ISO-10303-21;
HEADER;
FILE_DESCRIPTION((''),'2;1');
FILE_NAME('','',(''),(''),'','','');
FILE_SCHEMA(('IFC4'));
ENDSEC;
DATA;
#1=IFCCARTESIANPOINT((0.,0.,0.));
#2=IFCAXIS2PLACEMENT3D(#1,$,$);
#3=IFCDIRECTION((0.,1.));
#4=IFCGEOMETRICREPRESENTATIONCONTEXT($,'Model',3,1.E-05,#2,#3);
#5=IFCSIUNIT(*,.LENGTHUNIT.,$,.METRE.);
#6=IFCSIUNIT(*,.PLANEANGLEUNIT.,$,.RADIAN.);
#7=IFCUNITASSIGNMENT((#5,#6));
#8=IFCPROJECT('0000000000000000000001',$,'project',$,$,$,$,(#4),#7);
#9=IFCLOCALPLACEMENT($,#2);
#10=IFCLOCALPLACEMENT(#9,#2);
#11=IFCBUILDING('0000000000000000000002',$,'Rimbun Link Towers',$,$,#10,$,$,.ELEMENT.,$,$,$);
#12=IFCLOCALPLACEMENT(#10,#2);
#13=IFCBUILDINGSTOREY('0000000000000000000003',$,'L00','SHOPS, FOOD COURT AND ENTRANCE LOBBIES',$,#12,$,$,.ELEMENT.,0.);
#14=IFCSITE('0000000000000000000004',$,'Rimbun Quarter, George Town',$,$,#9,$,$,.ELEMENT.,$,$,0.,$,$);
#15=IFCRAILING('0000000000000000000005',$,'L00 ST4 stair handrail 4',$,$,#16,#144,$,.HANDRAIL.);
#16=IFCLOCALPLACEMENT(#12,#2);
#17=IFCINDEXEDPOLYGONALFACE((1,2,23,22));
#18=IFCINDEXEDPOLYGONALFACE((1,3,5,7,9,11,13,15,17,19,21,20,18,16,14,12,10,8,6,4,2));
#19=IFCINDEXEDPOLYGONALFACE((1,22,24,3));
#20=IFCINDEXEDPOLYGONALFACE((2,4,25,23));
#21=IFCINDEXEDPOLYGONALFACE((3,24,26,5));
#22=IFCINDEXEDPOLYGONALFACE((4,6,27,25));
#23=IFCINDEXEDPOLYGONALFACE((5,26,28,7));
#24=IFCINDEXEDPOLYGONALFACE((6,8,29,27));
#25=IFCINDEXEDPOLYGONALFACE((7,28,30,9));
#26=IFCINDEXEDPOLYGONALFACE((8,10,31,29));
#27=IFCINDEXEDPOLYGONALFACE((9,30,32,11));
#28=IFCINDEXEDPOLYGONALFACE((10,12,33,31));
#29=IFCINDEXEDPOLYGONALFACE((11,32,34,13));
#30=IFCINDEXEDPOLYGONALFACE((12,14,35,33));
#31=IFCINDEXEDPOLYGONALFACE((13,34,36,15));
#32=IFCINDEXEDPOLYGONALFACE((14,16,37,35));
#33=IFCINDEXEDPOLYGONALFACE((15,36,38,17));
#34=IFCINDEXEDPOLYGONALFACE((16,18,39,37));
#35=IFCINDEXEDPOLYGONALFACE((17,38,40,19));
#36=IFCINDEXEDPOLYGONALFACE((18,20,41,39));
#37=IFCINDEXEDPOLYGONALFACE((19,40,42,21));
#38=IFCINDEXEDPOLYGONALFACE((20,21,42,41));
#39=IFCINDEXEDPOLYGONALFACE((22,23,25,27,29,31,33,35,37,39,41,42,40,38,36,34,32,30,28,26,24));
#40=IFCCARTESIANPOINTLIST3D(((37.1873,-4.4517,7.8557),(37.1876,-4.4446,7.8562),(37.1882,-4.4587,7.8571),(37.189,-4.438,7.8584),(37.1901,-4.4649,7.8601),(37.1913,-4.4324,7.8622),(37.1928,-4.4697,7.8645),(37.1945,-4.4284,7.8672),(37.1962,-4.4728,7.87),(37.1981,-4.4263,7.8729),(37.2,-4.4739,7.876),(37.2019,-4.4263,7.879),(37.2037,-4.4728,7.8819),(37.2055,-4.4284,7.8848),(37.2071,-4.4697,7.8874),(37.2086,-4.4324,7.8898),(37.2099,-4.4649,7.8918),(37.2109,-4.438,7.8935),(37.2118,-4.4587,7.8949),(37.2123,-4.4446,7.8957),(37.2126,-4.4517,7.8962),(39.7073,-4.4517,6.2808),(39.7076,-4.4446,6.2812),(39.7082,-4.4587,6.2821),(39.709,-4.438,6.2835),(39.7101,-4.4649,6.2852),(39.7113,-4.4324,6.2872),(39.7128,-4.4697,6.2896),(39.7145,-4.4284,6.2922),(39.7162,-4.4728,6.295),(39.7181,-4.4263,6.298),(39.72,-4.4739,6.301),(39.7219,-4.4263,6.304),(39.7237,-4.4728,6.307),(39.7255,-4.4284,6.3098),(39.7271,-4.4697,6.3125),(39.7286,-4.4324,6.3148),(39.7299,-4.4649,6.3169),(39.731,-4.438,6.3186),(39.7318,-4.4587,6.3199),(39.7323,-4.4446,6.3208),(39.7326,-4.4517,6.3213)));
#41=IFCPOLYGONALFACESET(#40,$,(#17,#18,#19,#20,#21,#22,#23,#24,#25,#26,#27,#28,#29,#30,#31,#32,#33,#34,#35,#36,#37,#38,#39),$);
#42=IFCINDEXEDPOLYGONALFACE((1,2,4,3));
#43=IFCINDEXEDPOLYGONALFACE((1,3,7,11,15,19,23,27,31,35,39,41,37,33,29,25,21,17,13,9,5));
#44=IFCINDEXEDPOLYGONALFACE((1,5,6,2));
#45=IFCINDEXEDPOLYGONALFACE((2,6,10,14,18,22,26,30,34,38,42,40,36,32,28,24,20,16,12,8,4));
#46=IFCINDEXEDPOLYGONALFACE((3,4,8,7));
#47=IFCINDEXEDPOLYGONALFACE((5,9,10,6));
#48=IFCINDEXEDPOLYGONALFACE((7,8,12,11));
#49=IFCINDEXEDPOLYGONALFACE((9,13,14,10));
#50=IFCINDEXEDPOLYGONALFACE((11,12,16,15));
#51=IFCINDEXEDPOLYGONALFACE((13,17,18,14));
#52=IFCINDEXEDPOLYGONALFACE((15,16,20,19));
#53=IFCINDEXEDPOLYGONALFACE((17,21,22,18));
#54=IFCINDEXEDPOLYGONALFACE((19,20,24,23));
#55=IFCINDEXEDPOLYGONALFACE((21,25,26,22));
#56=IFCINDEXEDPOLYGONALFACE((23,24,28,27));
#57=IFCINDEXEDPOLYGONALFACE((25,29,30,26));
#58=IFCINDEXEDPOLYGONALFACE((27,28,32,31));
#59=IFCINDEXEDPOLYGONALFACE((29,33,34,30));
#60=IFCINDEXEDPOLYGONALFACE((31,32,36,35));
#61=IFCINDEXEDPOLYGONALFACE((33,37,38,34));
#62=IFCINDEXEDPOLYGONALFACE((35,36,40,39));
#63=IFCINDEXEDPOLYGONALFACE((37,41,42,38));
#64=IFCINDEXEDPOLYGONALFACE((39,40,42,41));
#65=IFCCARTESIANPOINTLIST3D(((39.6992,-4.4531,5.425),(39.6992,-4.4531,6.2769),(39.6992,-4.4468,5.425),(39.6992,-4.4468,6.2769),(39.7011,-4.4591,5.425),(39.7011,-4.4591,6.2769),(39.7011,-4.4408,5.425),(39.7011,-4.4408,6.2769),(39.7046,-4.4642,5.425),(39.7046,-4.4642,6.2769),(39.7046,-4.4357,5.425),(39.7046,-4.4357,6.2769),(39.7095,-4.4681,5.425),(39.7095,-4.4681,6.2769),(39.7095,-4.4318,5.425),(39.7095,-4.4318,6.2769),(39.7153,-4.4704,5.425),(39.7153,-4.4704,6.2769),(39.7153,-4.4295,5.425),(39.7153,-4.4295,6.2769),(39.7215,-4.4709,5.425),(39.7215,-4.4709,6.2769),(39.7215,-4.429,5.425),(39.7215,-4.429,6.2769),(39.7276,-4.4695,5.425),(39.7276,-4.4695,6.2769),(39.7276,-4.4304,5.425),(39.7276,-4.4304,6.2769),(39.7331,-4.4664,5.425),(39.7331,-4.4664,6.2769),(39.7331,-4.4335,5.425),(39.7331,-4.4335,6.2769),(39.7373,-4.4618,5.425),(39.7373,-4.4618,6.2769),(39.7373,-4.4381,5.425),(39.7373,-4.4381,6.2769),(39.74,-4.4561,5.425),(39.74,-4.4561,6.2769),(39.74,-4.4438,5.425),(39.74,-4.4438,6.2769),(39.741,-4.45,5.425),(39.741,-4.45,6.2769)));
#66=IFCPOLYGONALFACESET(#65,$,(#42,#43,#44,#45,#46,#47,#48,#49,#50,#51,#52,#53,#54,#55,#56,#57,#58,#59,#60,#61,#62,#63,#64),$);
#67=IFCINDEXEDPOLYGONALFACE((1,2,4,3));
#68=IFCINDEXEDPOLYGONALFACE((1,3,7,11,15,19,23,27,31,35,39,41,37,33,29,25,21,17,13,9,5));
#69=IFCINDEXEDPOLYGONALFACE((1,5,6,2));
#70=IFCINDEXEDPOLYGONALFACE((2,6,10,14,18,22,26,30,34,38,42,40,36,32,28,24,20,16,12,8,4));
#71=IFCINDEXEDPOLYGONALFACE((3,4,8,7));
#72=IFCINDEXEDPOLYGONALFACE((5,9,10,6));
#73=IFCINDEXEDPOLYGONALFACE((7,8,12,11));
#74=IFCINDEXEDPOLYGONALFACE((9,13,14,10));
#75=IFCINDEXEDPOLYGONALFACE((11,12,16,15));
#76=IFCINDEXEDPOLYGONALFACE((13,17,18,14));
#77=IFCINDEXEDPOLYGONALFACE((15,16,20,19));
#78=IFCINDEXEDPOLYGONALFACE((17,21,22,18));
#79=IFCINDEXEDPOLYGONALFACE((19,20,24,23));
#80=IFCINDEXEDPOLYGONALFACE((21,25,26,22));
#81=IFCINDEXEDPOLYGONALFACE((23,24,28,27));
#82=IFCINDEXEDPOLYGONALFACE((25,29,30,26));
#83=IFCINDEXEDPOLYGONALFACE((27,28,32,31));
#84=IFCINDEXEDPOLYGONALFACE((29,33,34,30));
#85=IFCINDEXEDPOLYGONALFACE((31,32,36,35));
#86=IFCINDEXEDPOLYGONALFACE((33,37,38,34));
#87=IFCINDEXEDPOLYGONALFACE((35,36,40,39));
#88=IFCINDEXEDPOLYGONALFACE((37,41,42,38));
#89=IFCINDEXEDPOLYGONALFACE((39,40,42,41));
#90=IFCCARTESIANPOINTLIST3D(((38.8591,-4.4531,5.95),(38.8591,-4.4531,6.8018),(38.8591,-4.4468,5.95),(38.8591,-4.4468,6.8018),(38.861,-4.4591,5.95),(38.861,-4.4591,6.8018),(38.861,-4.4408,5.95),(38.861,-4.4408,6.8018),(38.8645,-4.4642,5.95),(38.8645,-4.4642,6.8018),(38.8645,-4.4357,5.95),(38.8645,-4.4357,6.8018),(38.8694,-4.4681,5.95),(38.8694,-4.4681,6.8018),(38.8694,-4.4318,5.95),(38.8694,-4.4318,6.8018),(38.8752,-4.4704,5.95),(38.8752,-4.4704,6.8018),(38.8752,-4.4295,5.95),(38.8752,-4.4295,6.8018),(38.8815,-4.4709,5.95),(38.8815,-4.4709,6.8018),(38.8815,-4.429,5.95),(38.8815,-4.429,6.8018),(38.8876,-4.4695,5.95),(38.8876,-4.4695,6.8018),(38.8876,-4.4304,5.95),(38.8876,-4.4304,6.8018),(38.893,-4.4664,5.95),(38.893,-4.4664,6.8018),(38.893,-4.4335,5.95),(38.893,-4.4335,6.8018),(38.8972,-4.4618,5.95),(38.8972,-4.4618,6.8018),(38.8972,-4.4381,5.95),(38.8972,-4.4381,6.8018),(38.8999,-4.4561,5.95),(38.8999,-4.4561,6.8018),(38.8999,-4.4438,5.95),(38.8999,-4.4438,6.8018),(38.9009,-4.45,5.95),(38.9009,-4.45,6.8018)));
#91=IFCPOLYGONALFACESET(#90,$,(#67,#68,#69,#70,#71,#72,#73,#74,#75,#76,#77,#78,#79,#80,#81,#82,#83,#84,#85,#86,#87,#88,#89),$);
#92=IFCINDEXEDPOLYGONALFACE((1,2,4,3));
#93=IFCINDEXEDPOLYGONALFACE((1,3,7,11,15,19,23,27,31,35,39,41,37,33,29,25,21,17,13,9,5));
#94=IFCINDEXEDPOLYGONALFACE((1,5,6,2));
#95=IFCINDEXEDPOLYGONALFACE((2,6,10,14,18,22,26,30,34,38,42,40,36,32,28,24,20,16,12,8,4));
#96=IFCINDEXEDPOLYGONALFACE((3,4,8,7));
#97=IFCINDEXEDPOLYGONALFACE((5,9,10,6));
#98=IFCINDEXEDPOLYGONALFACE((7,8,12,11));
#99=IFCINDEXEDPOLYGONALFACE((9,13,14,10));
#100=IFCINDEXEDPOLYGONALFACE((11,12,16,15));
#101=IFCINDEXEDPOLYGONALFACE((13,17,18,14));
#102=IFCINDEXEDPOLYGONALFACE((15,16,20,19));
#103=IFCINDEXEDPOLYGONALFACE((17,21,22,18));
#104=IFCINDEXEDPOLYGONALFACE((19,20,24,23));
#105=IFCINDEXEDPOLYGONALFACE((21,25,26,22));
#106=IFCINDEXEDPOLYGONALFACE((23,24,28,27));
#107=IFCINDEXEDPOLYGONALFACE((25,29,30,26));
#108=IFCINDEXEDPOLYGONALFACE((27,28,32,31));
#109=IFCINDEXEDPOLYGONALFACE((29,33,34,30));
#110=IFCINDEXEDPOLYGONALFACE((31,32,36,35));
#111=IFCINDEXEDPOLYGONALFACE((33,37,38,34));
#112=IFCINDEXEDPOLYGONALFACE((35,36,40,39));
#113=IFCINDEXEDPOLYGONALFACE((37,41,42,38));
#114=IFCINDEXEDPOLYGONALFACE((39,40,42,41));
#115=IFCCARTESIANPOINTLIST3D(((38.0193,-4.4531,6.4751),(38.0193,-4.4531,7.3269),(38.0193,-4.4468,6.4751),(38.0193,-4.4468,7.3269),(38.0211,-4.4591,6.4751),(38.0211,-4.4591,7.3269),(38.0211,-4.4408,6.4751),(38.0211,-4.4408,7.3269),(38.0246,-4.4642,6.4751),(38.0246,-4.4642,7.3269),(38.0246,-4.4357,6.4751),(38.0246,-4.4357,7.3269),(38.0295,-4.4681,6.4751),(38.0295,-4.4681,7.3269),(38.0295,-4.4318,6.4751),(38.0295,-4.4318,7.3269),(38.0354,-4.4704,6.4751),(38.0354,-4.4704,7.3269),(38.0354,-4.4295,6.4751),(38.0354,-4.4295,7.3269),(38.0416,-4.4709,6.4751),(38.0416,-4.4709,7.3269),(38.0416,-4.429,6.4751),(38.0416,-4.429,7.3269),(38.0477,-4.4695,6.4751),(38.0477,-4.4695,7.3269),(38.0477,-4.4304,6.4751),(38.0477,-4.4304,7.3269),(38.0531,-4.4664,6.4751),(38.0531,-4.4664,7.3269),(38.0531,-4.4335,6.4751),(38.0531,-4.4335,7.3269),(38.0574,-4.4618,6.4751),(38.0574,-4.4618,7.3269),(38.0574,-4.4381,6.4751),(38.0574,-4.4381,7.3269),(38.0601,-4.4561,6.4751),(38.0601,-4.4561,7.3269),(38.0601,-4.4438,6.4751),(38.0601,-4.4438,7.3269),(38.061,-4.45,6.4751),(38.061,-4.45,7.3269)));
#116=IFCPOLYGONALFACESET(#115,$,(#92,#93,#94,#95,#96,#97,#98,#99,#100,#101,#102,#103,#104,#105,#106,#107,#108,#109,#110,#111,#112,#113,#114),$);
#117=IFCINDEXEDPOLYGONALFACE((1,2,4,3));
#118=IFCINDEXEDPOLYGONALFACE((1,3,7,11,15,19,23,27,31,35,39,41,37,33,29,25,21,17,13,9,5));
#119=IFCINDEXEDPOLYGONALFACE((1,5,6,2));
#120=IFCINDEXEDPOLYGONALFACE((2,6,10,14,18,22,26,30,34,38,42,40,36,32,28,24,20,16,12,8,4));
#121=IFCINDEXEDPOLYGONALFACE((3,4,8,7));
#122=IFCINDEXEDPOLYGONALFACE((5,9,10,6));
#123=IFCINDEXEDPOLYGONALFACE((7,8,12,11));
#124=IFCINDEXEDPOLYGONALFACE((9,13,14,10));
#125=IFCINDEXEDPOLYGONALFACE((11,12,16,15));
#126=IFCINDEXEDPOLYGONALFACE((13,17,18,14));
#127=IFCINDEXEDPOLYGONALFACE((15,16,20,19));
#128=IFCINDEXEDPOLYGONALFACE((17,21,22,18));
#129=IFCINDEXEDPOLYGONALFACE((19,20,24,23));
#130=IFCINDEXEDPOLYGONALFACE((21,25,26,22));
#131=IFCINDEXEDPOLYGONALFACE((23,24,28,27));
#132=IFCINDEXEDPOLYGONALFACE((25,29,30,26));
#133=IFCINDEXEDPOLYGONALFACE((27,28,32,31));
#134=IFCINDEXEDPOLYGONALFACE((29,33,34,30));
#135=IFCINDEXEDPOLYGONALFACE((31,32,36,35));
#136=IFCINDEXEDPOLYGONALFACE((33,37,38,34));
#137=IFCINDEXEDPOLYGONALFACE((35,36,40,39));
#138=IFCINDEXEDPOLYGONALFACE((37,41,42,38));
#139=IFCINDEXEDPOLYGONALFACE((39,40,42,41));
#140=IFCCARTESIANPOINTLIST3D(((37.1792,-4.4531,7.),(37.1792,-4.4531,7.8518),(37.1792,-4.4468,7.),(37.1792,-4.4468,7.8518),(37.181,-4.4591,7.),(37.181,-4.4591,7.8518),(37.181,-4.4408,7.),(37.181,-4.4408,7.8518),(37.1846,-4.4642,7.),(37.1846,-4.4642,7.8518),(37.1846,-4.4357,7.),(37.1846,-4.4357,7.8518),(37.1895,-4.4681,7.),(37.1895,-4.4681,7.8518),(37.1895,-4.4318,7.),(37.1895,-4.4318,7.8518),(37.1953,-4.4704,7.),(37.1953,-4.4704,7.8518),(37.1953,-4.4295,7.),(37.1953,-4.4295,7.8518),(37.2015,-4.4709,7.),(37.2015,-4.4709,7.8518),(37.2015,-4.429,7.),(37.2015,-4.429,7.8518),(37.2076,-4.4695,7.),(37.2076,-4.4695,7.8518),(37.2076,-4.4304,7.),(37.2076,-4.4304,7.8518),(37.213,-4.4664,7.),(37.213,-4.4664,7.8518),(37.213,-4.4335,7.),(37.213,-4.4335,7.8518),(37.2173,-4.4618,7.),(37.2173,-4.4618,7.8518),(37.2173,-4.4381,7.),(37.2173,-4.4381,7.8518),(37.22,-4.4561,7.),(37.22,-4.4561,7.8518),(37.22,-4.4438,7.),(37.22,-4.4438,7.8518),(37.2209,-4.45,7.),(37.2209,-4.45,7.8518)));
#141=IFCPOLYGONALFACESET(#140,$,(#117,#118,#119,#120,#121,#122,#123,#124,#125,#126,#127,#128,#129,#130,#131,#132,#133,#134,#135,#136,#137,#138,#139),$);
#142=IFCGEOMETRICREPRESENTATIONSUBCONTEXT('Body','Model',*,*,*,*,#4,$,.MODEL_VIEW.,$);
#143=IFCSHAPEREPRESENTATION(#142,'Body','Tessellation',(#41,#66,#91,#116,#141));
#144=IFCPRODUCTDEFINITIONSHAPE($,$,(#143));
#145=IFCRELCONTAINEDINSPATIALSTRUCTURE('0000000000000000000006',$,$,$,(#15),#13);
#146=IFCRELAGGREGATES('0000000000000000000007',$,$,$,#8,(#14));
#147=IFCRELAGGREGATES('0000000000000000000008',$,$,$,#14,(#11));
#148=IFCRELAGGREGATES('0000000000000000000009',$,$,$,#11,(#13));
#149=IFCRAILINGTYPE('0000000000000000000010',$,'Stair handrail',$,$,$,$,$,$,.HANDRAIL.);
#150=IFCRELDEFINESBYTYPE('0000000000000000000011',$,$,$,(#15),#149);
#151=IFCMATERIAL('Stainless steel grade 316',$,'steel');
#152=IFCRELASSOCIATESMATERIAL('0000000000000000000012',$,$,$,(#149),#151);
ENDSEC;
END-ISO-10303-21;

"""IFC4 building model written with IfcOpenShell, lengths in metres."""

from ifc_helpers import new_model, si_unit, direction, frame, origin, origin_2d, place, context, subcontext, project, spatial, circle, extrude, material, type_object, element, save


model = new_model("IFC4")

# Units and contexts
model_context = context("Model", 3, precision=1e-05, world=origin(), true_north=direction((0.0, 1.0)))
body_context = subcontext(model_context, "Body", "Model", "MODEL_VIEW")
ifc_project = project(units=[si_unit("LENGTHUNIT", "METRE"), si_unit("PLANEANGLEUNIT", "RADIAN")], contexts=[model_context])

# Site, building, storey
site_placement = place(None, origin())
site = spatial("IfcSite", under=ifc_project, at=site_placement, Name="Rimbun Quarter, George Town", CompositionType="ELEMENT", RefElevation=0.0)
building_placement = place(site_placement, origin())
building = spatial("IfcBuilding", under=site, at=building_placement, Name="Rimbun Link Towers", CompositionType="ELEMENT")
storey_placement = place(building_placement, origin())
storey = spatial("IfcBuildingStorey", under=building, at=storey_placement, Name="L00", Description="SHOPS, FOOD COURT AND ENTRANCE LOBBIES", CompositionType="ELEMENT", Elevation=0.0)

# Railing
ifc_material_1 = material(Name="Stainless steel grade 316", Category="steel")
railing_type_1 = type_object("IfcRailingType", Name="Stair handrail", PredefinedType="HANDRAIL", material=ifc_material_1)
for number, where, name in (
    (1, (39.72, -4.45, 5.425), "L00 ST4 stair handrail 4"),
):
    element("IfcRailing", number, at=place(storey_placement, frame(where)), inside=storey, type_object=railing_type_1, Name=name, PredefinedType="HANDRAIL", context=body_context, shape_type="SweptSolid", body=[
        extrude(circle(Radius=0.0239, at=origin_2d()), frame((0.0, 0.0, 0.876), z_axis=(-0.848008, 0.0, 0.529984), x_axis=(0.0, -1.0, 0.0)), (0.0, 0.0, 1.0), 2.9717),
        extrude(circle(Radius=0.021, at=origin_2d()), origin(), (0.0, 0.0, 1.0), 0.8518),
        extrude(circle(Radius=0.021, at=origin_2d()), frame((-0.8401, 0.0, 0.5249)), (0.0, 0.0, 1.0), 0.8518),
        extrude(circle(Radius=0.021, at=origin_2d()), frame((-1.6799, 0.0, 1.05)), (0.0, 0.0, 1.0), 0.8518),
        extrude(circle(Radius=0.021, at=origin_2d()), frame((-2.52, 0.0, 1.575)), (0.0, 0.0, 1.0), 0.8518),
    ])

save(model, "model.ifc")
